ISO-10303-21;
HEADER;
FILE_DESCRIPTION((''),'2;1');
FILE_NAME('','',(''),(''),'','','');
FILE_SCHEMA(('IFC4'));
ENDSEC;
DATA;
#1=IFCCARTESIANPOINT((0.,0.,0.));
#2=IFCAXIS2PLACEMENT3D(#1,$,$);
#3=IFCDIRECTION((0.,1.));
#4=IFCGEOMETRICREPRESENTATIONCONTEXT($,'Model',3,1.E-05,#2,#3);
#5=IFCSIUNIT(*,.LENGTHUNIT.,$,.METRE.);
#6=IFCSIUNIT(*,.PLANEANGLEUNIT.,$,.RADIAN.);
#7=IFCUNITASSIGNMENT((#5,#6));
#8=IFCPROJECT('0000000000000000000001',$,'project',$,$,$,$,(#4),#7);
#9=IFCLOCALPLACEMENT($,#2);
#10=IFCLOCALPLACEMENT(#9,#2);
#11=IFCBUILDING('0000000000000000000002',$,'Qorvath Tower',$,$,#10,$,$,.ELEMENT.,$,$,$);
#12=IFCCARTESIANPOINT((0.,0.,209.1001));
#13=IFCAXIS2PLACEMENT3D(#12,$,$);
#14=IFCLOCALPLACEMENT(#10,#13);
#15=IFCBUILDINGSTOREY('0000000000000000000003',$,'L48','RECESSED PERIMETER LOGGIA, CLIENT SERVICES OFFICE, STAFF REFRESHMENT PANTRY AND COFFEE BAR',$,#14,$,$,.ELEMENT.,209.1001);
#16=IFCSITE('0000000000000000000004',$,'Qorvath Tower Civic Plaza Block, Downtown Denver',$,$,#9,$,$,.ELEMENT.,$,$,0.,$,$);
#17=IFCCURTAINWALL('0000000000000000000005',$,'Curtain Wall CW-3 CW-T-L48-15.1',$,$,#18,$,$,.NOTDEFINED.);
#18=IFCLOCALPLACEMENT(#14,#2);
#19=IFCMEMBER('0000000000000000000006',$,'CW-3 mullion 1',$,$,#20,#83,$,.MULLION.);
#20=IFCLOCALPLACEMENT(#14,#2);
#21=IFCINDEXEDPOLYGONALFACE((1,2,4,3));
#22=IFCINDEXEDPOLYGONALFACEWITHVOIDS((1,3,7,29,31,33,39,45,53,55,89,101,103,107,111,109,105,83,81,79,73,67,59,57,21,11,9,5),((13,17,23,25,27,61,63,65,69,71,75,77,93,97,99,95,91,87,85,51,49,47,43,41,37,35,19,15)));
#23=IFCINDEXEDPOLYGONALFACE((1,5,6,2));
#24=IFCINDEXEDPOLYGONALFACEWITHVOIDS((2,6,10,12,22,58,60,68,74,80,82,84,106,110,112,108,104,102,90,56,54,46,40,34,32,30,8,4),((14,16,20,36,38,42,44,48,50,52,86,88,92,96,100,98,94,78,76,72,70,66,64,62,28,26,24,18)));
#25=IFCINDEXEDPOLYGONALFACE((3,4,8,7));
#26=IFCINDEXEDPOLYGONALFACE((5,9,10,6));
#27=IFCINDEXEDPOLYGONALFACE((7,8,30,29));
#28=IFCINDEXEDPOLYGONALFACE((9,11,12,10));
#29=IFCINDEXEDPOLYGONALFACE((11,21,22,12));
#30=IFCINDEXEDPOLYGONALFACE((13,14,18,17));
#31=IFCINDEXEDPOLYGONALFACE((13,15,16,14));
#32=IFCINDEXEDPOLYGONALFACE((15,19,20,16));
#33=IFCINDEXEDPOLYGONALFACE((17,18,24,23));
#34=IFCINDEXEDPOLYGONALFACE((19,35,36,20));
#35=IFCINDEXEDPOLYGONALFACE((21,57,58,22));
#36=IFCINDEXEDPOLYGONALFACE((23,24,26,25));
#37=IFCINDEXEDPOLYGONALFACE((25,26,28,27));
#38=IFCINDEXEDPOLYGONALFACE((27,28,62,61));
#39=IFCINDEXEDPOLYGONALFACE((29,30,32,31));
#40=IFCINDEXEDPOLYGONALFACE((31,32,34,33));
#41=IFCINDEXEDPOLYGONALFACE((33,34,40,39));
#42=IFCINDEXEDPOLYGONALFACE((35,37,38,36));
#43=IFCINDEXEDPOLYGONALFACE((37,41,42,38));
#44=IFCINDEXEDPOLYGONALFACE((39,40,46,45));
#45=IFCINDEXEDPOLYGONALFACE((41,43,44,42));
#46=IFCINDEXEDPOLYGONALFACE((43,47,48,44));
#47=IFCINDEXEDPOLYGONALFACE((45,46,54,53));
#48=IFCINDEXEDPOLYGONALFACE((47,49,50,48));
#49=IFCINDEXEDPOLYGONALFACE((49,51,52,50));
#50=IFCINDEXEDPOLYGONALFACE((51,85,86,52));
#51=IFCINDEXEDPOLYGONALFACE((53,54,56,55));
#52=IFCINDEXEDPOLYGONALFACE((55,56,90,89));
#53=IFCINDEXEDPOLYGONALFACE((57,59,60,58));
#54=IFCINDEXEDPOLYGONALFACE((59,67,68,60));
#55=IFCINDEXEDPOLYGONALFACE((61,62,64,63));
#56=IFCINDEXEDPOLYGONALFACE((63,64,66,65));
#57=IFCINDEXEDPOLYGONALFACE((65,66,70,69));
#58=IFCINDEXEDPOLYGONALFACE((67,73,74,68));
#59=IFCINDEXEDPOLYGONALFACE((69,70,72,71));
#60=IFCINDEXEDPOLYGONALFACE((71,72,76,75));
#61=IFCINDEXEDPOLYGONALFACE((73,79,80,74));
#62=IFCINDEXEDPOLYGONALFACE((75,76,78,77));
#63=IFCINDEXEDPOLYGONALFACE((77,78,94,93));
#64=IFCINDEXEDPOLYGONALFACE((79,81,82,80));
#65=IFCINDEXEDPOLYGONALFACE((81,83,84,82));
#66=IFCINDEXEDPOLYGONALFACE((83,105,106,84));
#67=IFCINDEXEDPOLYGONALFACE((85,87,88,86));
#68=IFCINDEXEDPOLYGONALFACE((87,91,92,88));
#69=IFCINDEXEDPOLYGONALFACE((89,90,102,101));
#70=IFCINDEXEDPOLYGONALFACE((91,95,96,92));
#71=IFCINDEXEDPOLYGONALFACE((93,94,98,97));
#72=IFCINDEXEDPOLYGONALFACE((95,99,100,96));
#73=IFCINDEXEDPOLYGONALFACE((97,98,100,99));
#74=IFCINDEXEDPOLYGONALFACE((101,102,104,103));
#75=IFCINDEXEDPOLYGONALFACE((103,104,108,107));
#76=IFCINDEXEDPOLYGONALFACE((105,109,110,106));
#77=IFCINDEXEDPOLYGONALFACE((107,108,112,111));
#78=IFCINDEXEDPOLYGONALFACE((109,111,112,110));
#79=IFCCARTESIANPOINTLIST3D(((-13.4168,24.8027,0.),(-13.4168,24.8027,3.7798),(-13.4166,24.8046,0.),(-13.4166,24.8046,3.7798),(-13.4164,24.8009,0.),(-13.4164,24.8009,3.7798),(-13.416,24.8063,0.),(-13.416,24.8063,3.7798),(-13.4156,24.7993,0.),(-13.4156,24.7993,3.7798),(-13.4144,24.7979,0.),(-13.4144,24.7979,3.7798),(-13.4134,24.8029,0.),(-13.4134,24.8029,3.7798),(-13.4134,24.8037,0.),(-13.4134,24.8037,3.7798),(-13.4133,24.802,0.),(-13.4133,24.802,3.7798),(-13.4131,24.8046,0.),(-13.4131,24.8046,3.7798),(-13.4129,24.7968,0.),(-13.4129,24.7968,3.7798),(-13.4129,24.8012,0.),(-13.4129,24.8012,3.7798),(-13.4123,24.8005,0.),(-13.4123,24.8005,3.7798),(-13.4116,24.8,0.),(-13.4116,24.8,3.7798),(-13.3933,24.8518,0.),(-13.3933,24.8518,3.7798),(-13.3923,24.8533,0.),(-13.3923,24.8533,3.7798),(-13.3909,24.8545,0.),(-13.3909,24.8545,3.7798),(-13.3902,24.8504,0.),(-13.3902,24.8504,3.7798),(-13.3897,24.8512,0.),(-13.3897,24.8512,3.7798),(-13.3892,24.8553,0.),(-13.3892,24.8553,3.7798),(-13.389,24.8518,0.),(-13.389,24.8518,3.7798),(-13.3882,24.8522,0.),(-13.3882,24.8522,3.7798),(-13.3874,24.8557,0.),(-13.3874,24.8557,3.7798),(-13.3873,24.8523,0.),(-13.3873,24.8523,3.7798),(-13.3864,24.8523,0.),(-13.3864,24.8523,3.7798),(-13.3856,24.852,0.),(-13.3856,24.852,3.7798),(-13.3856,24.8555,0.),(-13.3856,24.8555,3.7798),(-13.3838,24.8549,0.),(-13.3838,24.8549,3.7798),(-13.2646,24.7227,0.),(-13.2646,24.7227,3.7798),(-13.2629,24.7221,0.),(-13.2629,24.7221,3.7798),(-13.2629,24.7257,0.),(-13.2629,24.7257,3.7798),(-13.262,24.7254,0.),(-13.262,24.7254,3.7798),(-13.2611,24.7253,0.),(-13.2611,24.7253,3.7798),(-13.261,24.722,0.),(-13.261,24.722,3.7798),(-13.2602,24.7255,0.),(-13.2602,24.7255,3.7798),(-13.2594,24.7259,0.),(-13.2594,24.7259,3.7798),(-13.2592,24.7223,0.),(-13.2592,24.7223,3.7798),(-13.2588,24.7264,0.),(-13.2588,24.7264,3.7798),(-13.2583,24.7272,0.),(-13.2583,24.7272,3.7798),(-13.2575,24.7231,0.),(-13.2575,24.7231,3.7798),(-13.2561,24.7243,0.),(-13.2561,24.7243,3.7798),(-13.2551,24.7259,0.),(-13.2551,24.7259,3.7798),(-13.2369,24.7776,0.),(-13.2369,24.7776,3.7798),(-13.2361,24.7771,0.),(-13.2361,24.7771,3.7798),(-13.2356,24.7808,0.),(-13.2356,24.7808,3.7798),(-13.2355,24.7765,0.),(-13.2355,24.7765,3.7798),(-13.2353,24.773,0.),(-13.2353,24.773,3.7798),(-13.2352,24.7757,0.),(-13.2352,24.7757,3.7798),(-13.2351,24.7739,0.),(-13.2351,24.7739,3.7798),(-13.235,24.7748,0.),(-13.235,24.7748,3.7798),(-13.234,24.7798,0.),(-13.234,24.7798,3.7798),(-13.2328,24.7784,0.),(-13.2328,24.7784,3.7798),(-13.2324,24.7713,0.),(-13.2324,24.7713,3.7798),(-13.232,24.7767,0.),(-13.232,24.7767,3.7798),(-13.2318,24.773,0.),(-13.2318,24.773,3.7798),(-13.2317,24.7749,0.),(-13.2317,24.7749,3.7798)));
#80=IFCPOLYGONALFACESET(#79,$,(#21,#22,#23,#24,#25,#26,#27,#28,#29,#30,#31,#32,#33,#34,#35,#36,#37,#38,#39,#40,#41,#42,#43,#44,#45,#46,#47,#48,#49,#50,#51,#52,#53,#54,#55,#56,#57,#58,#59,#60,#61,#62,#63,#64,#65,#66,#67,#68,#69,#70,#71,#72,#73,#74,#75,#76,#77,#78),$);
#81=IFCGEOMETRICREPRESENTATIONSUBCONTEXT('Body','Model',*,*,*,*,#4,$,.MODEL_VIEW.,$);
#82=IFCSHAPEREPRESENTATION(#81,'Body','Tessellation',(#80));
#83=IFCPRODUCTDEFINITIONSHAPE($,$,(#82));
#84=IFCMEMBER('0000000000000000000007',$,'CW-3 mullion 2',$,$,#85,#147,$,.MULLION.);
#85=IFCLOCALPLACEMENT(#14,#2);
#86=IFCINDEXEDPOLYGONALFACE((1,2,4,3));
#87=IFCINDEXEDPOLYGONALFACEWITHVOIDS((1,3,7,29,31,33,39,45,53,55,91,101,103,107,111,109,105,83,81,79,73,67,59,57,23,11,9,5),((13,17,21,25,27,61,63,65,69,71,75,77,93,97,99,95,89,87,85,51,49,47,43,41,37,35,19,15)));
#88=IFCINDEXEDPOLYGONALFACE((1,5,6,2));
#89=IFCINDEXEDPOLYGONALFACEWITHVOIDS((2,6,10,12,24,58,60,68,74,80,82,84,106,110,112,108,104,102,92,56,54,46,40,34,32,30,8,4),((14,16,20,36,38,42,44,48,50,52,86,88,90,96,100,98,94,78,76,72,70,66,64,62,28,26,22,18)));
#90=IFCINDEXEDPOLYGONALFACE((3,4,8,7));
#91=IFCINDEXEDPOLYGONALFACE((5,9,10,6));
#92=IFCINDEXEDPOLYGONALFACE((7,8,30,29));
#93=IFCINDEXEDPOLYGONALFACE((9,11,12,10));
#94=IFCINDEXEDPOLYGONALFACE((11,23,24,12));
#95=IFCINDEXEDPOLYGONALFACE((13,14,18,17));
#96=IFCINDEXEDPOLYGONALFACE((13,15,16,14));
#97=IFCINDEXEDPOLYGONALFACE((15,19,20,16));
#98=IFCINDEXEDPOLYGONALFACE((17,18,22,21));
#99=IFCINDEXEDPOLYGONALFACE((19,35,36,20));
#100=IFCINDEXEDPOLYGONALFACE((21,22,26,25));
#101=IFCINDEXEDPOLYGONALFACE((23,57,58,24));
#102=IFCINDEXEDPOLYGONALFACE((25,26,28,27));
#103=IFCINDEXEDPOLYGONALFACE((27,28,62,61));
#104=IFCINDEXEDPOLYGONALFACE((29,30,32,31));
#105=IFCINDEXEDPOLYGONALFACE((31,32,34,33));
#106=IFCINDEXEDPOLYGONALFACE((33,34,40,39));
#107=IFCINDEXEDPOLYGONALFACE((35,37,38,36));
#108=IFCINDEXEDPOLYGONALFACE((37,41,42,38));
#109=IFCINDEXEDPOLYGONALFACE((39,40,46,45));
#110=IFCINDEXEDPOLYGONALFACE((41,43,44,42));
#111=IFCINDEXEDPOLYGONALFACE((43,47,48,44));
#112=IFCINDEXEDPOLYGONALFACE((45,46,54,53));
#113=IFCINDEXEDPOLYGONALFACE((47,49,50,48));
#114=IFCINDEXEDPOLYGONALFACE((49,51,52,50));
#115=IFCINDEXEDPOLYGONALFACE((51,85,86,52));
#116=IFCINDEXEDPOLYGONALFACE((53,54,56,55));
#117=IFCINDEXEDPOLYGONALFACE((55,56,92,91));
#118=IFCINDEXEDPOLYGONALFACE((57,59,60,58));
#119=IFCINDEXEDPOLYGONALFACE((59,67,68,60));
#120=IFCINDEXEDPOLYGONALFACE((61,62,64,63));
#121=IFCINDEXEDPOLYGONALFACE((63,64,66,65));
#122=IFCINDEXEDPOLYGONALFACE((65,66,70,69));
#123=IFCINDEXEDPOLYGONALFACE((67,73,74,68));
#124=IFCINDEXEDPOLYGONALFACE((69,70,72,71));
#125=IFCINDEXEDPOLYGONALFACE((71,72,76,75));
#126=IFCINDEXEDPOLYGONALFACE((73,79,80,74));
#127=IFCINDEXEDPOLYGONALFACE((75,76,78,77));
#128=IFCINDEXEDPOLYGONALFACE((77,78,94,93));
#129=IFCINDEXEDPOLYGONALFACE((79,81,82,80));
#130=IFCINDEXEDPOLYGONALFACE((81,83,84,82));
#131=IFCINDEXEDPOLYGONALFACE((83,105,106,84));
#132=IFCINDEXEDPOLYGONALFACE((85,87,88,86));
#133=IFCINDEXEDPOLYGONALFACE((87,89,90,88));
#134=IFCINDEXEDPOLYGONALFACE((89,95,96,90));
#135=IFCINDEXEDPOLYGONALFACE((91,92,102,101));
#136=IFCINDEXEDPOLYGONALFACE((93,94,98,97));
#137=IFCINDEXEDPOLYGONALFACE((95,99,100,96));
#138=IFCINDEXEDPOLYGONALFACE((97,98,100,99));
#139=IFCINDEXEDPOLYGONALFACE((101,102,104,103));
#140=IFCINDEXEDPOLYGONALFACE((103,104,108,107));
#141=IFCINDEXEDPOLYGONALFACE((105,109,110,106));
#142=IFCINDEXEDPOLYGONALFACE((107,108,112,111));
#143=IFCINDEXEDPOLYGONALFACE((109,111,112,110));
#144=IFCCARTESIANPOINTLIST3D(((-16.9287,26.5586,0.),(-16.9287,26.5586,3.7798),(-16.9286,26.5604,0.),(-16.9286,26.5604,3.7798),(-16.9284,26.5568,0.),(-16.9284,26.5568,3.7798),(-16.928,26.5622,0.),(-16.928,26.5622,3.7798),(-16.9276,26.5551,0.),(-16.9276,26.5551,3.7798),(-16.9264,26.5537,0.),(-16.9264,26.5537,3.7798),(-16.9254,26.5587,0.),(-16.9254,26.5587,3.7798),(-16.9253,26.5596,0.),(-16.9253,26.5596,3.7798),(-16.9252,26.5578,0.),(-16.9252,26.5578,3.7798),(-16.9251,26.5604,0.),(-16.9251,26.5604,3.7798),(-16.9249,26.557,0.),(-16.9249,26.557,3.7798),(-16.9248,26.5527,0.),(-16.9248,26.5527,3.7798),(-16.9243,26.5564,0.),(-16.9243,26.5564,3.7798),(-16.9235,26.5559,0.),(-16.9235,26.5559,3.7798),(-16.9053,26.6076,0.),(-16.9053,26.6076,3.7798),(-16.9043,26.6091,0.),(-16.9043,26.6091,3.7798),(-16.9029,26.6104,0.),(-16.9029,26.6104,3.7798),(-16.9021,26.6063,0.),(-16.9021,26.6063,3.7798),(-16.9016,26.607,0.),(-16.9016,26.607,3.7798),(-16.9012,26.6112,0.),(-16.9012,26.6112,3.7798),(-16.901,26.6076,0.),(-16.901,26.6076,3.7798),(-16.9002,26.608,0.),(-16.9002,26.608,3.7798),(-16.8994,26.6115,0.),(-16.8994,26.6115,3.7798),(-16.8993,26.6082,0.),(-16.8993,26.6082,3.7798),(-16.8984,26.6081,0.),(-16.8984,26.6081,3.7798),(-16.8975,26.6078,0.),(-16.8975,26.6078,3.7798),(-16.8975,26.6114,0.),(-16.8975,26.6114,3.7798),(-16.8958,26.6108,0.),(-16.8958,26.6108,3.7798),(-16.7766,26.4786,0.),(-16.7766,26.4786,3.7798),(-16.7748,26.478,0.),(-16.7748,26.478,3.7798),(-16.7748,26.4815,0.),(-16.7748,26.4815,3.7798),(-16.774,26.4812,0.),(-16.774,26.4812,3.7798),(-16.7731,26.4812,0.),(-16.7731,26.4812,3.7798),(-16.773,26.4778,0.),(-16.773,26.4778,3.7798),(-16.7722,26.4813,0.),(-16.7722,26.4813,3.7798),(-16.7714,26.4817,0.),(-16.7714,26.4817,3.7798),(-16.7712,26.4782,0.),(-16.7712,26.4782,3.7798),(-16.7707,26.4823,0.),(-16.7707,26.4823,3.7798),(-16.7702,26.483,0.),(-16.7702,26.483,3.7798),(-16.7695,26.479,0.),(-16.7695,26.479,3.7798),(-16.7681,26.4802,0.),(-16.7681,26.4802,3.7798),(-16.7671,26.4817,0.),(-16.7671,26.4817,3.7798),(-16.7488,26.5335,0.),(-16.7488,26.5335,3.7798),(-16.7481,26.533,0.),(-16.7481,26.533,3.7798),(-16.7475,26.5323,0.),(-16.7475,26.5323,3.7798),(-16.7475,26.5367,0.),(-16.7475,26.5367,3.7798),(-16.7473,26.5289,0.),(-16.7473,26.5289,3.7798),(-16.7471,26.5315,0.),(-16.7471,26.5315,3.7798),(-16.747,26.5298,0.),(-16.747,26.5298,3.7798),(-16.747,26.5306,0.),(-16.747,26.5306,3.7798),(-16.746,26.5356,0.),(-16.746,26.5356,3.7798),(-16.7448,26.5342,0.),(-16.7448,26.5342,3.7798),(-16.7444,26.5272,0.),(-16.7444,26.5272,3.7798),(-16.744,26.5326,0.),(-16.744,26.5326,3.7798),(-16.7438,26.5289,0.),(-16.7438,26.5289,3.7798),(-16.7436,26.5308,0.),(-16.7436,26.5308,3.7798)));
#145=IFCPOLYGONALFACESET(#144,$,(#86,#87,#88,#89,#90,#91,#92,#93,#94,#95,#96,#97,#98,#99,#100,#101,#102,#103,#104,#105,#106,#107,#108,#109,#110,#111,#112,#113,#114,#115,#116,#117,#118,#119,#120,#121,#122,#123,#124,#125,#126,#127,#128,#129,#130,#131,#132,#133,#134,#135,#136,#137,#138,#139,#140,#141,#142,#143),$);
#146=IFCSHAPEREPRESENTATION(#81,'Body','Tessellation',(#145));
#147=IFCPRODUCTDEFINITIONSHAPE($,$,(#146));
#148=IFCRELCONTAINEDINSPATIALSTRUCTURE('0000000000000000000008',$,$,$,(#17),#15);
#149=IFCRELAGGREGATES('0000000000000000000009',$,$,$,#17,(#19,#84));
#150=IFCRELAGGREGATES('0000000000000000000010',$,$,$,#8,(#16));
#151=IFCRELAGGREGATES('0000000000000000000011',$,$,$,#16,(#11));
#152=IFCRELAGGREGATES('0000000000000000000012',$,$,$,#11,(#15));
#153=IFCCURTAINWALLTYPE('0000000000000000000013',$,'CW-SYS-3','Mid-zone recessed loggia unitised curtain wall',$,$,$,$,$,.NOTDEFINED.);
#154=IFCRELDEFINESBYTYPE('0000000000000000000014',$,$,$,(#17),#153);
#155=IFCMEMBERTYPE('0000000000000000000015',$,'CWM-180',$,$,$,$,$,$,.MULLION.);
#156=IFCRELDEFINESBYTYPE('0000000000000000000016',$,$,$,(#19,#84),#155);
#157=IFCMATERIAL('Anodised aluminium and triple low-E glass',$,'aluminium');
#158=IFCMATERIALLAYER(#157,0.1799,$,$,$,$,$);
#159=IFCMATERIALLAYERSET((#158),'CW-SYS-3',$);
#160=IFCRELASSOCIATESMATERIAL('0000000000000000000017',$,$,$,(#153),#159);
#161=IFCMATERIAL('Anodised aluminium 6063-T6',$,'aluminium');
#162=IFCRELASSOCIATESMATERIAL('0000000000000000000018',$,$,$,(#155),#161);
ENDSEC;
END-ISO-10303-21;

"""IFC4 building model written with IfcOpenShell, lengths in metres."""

from ifc_helpers import new_model, si_unit, direction, frame, origin, origin_2d, place, context, subcontext, project, spatial, hollow_rectangle, extrude, material, layer, layer_set, material_profile, profile_set, type_object, element, aggregate, save


model = new_model("IFC4")

# Units and contexts
model_context = context("Model", 3, precision=1e-05, world=origin(), true_north=direction((0.0, 1.0)))
body_context = subcontext(model_context, "Body", "Model", "MODEL_VIEW")
ifc_project = project(units=[si_unit("LENGTHUNIT", "METRE"), si_unit("PLANEANGLEUNIT", "RADIAN")], contexts=[model_context])

# Site, building, storey
site_placement = place(None, origin())
site = spatial("IfcSite", under=ifc_project, at=site_placement, Name="Qorvath Tower Civic Plaza Block, Downtown Denver", CompositionType="ELEMENT", RefElevation=0.0)
building_placement = place(site_placement, origin())
building = spatial("IfcBuilding", under=site, at=building_placement, Name="Qorvath Tower", CompositionType="ELEMENT")
storey_placement = place(building_placement, frame((0.0, 0.0, 209.1001)))
storey = spatial("IfcBuildingStorey", under=building, at=storey_placement, Name="L48", Description="RECESSED PERIMETER LOGGIA, CLIENT SERVICES OFFICE, STAFF REFRESHMENT PANTRY AND COFFEE BAR", CompositionType="ELEMENT", Elevation=209.1001)

# Shared definitions
ifc_material_1 = material(Name="Anodised aluminium and triple low-E glass", Category="aluminium")
ifc_layer_1 = layer(ifc_material_1, 0.1799)
ifc_layer_set_1 = layer_set([ifc_layer_1], Name="CW-SYS-3")
curtain_wall_type = type_object("IfcCurtainWallType", Name="CW-SYS-3", Description="Mid-zone recessed loggia unitised curtain wall", PredefinedType="NOTDEFINED", material=ifc_layer_set_1)
ifc_material_2 = material(Name="Anodised aluminium 6063-T6", Category="aluminium")
ifc_material_profile_1 = material_profile(ifc_material_2, hollow_rectangle(XDim=0.0649, YDim=0.1799, WallThickness=0.0034, InnerFilletRadius=0.0034, OuterFilletRadius=0.0071, at=origin_2d()), Name="CWM 180x65")
ifc_profile_set_1 = profile_set([ifc_material_profile_1], Name="Anodised aluminium 6063-T6")
member_type_1 = type_object("IfcMemberType", Name="CWM-180", PredefinedType="MULLION", material=ifc_profile_set_1)

# Curtain wall, members
curtain_wall_1_placement = place(storey_placement, origin())
curtain_wall_1 = element("IfcCurtainWall", 1, at=curtain_wall_1_placement, inside=storey, type_object=curtain_wall_type, Name="Curtain Wall CW-3 CW-T-L48-15.1", PredefinedType="NOTDEFINED")
member_1_placement = place(storey_placement, frame((-13.3242, 24.7888, 0.0), z_axis=(0.0, 0.0, 1.0), x_axis=(-0.447153, -0.894457, 0.0)))
member_1 = element("IfcMember", 2, at=member_1_placement, type_object=member_type_1, Name="CW-3 mullion 1", PredefinedType="MULLION", context=body_context, shape_type="SweptSolid", body=[
    extrude(hollow_rectangle(XDim=0.0649, YDim=0.1799, WallThickness=0.0034, InnerFilletRadius=0.0034, OuterFilletRadius=0.0071, at=origin_2d()), origin(), (0.0, 0.0, 1.0), 3.7798),
])
member_2_placement = place(storey_placement, frame((-16.8362, 26.5447, 0.0), z_axis=(0.0, 0.0, 1.0), x_axis=(-0.447153, -0.894457, 0.0)))
member_2 = element("IfcMember", 3, at=member_2_placement, type_object=member_type_1, Name="CW-3 mullion 2", PredefinedType="MULLION", context=body_context, shape_type="SweptSolid", body=[
    extrude(hollow_rectangle(XDim=0.0649, YDim=0.1799, WallThickness=0.0034, InnerFilletRadius=0.0034, OuterFilletRadius=0.0071, at=origin_2d()), origin(), (0.0, 0.0, 1.0), 3.7798),
])

aggregate(curtain_wall_1, [member_1, member_2])

save(model, "model.ifc")
